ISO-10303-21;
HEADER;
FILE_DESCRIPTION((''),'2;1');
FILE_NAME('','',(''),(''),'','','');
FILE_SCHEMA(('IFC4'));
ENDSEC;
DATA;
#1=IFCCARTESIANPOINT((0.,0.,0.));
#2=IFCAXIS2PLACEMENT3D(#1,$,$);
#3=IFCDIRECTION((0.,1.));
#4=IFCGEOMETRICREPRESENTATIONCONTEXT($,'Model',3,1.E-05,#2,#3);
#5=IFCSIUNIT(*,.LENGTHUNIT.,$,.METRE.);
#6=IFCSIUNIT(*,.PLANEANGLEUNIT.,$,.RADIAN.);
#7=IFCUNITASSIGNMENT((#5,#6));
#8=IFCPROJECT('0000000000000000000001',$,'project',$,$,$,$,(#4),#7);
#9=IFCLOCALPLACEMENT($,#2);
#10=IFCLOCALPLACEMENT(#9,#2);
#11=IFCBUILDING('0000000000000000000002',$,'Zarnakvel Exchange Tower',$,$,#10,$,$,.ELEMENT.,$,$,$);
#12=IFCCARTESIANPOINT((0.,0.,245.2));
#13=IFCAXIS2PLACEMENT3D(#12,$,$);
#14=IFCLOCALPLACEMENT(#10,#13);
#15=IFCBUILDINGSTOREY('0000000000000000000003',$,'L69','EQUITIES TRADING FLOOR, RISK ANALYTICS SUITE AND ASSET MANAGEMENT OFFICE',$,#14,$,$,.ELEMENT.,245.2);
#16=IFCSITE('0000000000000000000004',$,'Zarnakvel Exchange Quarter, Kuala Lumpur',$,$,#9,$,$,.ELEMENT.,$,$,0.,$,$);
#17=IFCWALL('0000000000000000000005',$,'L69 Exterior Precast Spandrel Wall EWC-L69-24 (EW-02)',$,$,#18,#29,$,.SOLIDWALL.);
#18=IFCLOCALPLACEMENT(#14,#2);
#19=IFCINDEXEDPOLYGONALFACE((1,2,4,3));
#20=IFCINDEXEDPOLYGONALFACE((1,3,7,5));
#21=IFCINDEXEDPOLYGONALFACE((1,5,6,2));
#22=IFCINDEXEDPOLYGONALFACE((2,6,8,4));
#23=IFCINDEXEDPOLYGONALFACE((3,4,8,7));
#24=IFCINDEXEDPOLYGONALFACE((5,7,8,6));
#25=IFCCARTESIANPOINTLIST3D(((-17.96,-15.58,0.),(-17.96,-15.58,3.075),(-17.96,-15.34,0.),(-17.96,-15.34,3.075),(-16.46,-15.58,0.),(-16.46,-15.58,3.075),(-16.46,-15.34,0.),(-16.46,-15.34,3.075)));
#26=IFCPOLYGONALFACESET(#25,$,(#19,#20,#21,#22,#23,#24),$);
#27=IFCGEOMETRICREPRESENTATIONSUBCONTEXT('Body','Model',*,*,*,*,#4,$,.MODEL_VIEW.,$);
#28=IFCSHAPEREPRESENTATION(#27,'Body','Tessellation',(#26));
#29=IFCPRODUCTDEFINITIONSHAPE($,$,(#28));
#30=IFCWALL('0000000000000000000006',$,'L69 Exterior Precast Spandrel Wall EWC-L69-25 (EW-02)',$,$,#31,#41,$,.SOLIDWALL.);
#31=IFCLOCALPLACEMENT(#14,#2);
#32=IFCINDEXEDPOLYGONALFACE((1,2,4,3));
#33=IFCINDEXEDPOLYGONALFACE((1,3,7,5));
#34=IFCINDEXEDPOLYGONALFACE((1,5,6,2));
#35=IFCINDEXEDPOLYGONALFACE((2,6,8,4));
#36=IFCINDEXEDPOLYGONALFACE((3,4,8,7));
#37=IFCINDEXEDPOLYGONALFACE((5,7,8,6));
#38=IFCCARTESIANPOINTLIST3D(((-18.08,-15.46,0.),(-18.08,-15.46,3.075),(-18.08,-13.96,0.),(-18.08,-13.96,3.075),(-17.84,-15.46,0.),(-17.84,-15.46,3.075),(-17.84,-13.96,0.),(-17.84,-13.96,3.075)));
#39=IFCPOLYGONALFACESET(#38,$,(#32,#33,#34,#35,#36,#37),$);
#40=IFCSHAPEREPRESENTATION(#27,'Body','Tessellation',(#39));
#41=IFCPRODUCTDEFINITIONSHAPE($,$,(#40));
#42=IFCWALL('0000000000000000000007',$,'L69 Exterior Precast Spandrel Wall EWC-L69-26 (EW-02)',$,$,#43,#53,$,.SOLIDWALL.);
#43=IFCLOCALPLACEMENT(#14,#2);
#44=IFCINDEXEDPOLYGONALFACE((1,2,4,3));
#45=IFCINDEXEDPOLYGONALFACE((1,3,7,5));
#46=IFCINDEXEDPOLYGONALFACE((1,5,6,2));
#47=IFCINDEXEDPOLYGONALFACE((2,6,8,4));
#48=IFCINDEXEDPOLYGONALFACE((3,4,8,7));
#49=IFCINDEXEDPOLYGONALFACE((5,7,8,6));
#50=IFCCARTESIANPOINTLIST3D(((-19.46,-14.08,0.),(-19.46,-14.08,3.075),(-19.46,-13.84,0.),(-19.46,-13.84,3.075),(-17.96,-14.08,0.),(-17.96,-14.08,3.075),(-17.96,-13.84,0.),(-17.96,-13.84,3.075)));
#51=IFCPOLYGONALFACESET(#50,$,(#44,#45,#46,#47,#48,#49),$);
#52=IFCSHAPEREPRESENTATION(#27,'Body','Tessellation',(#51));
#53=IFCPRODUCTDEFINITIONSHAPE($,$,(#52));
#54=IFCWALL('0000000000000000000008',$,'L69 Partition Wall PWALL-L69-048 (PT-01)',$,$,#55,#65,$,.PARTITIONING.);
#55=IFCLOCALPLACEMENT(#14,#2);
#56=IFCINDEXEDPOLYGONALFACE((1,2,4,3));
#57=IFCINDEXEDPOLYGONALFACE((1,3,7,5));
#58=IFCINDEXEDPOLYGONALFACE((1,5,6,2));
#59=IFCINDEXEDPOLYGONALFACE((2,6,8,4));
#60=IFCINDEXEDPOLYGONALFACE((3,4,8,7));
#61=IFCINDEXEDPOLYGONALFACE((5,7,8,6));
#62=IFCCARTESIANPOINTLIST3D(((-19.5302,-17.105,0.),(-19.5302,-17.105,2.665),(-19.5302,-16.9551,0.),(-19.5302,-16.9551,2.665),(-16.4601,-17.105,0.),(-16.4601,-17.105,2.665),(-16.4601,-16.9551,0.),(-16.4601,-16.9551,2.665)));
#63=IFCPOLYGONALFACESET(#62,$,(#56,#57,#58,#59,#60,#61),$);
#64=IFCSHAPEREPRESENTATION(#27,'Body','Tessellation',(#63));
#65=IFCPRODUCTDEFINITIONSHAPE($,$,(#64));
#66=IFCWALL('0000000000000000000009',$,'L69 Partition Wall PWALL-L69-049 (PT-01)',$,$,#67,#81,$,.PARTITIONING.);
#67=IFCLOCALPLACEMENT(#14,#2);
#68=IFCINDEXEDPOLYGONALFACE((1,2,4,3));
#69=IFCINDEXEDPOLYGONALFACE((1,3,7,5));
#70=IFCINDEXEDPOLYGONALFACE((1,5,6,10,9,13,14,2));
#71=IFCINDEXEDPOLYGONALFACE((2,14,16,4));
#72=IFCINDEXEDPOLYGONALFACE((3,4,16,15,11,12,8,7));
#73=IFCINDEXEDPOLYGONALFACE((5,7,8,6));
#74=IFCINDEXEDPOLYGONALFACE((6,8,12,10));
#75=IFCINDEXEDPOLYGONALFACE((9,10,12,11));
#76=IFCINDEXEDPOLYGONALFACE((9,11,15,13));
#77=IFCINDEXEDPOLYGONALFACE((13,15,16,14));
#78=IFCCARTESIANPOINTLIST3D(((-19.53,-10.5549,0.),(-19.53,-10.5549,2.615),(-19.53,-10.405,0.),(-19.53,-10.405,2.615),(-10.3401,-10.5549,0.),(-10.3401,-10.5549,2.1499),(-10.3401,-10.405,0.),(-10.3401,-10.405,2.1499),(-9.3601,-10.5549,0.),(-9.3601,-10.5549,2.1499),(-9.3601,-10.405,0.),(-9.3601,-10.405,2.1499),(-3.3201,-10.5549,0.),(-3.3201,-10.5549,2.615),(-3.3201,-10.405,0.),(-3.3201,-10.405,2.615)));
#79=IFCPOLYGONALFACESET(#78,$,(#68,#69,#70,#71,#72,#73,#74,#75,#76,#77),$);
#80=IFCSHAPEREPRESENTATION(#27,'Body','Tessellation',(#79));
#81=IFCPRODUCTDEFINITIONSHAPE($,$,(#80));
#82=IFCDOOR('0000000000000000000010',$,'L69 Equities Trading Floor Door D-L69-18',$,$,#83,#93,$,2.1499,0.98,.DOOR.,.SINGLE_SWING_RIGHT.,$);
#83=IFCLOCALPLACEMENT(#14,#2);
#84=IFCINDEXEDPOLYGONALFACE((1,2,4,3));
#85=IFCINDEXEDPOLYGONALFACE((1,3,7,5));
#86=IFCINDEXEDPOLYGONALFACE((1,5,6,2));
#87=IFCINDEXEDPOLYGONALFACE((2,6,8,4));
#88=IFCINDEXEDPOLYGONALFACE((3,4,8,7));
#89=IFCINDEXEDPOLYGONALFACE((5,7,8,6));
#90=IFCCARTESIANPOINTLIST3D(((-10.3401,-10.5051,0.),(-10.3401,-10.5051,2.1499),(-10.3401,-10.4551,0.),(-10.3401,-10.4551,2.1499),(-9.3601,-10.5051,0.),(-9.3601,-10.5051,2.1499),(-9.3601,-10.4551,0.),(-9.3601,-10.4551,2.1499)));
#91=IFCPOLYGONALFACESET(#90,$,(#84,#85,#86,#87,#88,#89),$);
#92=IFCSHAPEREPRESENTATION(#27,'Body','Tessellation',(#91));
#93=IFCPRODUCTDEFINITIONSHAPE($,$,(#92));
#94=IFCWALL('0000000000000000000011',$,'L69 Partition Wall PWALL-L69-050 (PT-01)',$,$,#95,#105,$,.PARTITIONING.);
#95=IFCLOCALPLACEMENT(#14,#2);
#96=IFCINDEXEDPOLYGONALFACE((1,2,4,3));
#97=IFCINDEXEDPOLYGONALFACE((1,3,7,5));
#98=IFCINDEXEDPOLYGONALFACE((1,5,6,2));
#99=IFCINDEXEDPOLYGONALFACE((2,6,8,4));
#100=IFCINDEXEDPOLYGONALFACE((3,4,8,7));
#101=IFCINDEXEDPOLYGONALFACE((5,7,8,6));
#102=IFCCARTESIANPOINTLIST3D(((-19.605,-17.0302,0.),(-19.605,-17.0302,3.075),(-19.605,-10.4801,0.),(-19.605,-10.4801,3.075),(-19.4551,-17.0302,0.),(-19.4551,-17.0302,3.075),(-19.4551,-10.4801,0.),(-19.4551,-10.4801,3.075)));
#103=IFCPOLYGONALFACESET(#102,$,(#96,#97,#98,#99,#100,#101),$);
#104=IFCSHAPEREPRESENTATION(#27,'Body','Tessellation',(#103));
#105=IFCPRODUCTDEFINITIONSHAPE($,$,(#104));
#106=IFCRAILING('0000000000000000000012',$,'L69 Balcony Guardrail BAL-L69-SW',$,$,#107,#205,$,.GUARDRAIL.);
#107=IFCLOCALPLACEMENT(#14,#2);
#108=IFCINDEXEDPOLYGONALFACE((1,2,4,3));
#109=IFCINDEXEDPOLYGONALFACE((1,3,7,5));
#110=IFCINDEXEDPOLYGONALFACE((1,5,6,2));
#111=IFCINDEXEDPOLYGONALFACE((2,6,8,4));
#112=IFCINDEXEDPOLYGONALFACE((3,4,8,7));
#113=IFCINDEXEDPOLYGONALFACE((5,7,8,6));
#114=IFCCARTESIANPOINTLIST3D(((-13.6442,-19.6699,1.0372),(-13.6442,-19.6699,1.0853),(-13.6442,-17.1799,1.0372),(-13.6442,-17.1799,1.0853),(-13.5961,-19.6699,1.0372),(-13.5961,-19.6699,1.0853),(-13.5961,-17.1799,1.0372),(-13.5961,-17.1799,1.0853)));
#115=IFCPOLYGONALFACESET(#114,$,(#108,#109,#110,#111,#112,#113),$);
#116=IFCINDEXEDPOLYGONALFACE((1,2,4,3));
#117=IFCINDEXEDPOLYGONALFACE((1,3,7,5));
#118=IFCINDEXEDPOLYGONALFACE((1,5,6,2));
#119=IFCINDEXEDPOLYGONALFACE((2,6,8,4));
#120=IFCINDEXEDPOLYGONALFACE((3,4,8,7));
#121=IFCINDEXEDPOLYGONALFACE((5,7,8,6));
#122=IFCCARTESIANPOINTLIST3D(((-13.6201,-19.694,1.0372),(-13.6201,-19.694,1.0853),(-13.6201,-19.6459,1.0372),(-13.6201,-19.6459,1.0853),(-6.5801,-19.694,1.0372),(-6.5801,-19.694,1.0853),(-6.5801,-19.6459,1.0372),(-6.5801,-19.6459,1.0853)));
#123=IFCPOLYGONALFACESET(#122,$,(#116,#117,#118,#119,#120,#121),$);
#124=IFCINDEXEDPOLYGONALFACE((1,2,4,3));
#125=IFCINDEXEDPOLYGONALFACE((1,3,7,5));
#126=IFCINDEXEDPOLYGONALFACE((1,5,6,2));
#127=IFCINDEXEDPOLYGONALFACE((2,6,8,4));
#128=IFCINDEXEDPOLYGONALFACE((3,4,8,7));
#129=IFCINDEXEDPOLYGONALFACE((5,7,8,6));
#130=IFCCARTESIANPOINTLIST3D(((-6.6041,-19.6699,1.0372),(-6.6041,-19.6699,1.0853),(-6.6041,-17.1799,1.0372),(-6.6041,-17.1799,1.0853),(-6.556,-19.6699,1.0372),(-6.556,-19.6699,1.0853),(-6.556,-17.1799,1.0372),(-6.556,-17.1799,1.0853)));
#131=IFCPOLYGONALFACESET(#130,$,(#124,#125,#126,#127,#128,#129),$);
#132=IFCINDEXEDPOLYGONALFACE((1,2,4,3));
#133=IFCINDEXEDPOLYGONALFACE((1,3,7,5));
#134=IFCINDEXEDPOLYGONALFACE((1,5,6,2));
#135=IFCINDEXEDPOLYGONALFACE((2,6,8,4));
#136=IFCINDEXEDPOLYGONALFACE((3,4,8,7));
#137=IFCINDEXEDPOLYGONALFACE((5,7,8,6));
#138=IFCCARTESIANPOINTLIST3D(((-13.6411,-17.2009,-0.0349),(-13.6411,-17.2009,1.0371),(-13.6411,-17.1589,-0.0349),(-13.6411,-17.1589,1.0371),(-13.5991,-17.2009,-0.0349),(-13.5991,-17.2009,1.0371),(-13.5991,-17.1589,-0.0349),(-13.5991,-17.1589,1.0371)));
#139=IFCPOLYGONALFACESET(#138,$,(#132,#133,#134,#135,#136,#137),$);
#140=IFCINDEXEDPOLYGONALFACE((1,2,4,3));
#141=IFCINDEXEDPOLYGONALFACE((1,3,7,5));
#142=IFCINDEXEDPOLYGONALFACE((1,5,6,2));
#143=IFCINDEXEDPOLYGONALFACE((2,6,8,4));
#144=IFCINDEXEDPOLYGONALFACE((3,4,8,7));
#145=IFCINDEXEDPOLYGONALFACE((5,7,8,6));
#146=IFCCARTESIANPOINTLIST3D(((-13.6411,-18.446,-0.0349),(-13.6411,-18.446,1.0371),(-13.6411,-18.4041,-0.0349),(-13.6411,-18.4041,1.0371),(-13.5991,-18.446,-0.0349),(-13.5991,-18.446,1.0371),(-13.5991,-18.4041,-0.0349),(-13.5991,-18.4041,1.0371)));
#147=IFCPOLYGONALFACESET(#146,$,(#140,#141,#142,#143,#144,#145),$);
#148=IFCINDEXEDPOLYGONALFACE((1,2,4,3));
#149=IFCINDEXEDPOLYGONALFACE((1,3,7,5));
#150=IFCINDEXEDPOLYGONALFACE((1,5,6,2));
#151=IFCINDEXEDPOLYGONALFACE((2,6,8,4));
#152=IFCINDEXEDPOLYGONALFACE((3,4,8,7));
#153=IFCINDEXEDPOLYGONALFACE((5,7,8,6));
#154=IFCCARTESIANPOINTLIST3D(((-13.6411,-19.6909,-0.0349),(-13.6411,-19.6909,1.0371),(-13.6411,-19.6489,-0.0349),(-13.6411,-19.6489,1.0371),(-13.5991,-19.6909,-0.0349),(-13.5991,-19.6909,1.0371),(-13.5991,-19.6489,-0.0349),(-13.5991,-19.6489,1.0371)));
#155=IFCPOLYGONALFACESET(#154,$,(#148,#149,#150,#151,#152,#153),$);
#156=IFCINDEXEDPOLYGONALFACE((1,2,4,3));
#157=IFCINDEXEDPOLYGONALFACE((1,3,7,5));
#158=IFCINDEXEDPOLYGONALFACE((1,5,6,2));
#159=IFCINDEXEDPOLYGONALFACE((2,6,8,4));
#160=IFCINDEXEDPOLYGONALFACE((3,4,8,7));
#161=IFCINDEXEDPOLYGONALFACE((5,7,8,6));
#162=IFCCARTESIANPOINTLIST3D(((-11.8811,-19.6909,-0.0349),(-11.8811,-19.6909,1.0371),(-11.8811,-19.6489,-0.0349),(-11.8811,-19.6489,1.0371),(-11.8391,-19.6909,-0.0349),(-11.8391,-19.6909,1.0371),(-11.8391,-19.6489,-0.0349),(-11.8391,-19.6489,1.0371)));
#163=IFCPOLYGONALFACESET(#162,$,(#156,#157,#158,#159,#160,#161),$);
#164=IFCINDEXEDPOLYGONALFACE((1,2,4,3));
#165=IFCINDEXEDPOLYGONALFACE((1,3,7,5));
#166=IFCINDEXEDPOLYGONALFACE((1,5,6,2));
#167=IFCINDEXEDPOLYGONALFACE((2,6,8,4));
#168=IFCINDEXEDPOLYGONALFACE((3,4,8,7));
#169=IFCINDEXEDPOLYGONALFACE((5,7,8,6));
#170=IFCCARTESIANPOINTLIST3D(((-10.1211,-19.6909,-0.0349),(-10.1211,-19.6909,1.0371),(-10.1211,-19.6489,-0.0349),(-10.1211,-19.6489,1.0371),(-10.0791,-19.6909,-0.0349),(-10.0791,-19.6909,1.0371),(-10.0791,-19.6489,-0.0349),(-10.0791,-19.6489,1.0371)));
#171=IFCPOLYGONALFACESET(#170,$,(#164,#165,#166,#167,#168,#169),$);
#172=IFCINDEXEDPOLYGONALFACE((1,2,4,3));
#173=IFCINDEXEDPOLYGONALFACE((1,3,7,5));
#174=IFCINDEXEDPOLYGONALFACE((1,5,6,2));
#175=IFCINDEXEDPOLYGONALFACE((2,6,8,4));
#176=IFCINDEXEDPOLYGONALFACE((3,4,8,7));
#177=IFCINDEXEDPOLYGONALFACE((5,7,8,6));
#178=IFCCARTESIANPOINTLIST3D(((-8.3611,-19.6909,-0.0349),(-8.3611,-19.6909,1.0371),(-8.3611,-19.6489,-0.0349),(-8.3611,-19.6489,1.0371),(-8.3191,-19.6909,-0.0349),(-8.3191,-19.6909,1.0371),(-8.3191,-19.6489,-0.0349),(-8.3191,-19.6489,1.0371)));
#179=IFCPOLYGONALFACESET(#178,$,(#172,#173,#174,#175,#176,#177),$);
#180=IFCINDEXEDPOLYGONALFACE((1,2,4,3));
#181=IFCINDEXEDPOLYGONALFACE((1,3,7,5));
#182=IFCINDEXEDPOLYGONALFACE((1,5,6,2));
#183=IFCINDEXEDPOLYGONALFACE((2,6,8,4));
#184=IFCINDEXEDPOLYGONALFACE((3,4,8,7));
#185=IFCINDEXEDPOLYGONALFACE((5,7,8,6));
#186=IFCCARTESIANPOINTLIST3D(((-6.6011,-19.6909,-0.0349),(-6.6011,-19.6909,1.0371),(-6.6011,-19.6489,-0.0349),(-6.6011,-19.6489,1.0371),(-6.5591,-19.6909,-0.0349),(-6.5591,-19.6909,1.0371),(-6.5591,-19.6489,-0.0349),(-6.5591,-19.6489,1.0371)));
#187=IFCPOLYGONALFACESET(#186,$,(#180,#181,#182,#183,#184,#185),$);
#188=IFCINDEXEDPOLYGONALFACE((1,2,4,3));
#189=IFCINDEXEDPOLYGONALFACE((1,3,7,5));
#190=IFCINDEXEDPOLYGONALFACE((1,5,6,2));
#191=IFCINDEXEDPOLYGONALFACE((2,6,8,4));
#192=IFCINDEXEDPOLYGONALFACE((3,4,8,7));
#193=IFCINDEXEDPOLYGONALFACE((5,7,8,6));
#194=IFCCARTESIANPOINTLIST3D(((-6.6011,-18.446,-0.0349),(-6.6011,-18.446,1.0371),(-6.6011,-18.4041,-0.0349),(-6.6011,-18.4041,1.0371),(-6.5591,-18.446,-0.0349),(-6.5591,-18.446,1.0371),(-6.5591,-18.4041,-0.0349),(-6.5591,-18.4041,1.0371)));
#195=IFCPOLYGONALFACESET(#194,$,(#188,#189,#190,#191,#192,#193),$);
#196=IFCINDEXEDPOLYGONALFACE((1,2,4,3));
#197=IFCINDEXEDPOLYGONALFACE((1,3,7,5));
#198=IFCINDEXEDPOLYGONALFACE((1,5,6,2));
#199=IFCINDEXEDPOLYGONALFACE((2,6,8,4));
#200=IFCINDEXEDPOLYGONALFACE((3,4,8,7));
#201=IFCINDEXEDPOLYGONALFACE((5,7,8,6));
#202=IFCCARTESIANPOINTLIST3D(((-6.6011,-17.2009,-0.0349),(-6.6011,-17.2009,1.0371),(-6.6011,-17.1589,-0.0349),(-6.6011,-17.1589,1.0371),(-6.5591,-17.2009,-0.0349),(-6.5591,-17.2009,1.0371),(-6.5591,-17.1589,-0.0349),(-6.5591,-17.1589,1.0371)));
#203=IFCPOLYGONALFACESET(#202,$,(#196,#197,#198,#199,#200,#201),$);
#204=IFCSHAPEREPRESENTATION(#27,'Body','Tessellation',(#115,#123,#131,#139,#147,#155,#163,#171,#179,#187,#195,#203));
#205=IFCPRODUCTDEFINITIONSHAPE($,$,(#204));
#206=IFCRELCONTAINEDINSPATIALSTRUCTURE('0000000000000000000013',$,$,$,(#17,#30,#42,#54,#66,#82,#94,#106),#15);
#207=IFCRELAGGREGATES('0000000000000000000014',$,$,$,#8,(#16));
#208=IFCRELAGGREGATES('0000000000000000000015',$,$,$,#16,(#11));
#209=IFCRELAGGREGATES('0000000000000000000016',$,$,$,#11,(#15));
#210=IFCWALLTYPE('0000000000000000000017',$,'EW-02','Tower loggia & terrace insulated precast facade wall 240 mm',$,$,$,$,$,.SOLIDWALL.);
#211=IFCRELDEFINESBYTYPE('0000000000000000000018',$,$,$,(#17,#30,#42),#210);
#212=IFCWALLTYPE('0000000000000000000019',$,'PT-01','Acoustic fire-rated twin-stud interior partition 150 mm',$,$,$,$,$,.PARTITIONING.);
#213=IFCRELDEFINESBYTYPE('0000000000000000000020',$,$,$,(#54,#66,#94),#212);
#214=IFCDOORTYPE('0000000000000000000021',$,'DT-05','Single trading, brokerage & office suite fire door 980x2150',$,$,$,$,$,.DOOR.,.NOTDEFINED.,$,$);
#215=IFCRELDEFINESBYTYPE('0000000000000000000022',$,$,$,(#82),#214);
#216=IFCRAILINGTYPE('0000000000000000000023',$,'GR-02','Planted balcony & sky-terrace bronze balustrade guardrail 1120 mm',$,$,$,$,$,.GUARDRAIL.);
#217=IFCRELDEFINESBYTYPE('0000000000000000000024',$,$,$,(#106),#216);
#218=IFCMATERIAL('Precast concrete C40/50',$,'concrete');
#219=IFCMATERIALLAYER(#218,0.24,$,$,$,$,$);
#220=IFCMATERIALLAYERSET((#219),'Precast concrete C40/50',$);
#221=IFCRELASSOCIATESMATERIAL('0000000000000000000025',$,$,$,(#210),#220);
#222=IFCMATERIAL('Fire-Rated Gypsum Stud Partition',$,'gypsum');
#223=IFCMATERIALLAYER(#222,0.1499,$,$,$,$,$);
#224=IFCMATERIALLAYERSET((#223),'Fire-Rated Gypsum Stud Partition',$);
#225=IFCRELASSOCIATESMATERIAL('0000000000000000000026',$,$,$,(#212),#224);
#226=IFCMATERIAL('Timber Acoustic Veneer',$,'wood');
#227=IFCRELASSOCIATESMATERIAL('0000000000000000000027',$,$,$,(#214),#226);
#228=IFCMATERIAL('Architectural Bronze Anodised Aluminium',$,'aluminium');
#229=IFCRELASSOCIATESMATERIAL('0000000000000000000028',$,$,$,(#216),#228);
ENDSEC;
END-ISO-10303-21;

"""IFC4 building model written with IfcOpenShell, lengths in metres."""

from ifc_helpers import new_model, si_unit, direction, frame, frame_2d, origin, origin_2d, place, context, subcontext, project, spatial, rectangle, extrude, source, transform, mapped, material, layer, layer_set, type_object, element, fill, save


model = new_model("IFC4")

# Units and contexts
model_context = context("Model", 3, precision=1e-05, world=origin(), true_north=direction((0.0, 1.0)))
body_context = subcontext(model_context, "Body", "Model", "MODEL_VIEW")
ifc_project = project(units=[si_unit("LENGTHUNIT", "METRE"), si_unit("PLANEANGLEUNIT", "RADIAN")], contexts=[model_context])

# Site, building, storey
site_placement = place(None, origin())
site = spatial("IfcSite", under=ifc_project, at=site_placement, Name="Zarnakvel Exchange Quarter, Kuala Lumpur", CompositionType="ELEMENT", RefElevation=0.0)
building_placement = place(site_placement, origin())
building = spatial("IfcBuilding", under=site, at=building_placement, Name="Zarnakvel Exchange Tower", CompositionType="ELEMENT")
storey_placement = place(building_placement, frame((0.0, 0.0, 245.2)))
storey = spatial("IfcBuildingStorey", under=building, at=storey_placement, Name="L69", Description="EQUITIES TRADING FLOOR, RISK ANALYTICS SUITE AND ASSET MANAGEMENT OFFICE", CompositionType="ELEMENT", Elevation=245.2)

# Shared definitions
ifc_material_1 = material(Name="Architectural Bronze Anodised Aluminium", Category="aluminium")

# Walls
ifc_material_2 = material(Name="Precast concrete C40/50", Category="concrete")
ifc_layer_1 = layer(ifc_material_2, 0.24)
ifc_layer_set_1 = layer_set([ifc_layer_1], Name="Precast concrete C40/50")
wall_type_1 = type_object("IfcWallType", Name="EW-02", Description="Tower loggia & terrace insulated precast facade wall 240 mm", PredefinedType="SOLIDWALL", material=ifc_layer_set_1)
for number, where, z_axis, x_axis, name in (
    (1, (-17.96, -15.46, 0.0), (0.0, 0.0, 1.0), (1.0, 0.0, 0.0), "L69 Exterior Precast Spandrel Wall EWC-L69-24 (EW-02)"),
    (2, (-17.96, -13.96, 0.0), (0.0, 0.0, 1.0), (0.0, -1.0, 0.0), "L69 Exterior Precast Spandrel Wall EWC-L69-25 (EW-02)"),
    (3, (-19.46, -13.96, 0.0), (0.0, 0.0, 1.0), (1.0, 0.0, 0.0), "L69 Exterior Precast Spandrel Wall EWC-L69-26 (EW-02)"),
):
    element("IfcWall", number, at=place(storey_placement, frame(where, z_axis=z_axis, x_axis=x_axis)), inside=storey, type_object=wall_type_1, Name=name, PredefinedType="SOLIDWALL", context=body_context, shape_type="SweptSolid", body=[
        extrude(rectangle(XDim=1.5, YDim=0.24, at=frame_2d((0.75, 0.0))), origin(), (0.0, 0.0, 1.0), 3.075),
    ])
ifc_material_3 = material(Name="Fire-Rated Gypsum Stud Partition", Category="gypsum")
ifc_layer_2 = layer(ifc_material_3, 0.1499)
ifc_layer_set_2 = layer_set([ifc_layer_2], Name="Fire-Rated Gypsum Stud Partition")
wall_type_2 = type_object("IfcWallType", Name="PT-01", Description="Acoustic fire-rated twin-stud interior partition 150 mm", PredefinedType="PARTITIONING", material=ifc_layer_set_2)
wall_1_placement = place(storey_placement, frame((-16.46, -17.03, 0.0), z_axis=(0.0, 0.0, 1.0), x_axis=(-1.0, 0.0, 0.0)))
element("IfcWall", 4, at=wall_1_placement, inside=storey, type_object=wall_type_2, Name="L69 Partition Wall PWALL-L69-048 (PT-01)", PredefinedType="PARTITIONING", context=body_context, shape_type="SweptSolid", body=[
    extrude(rectangle(XDim=3.0701, YDim=0.1499, at=frame_2d((1.5352, 0.0))), origin(), (0.0, 0.0, 1.0), 2.665),
])

# Wall, opening, door
wall_2_placement = place(storey_placement, frame((-19.53, -10.48, 0.0), z_axis=(0.0, 0.0, 1.0), x_axis=(1.0, 0.0, 0.0)))
wall_2 = element("IfcWall", 5, at=wall_2_placement, inside=storey, type_object=wall_type_2, Name="L69 Partition Wall PWALL-L69-049 (PT-01)", PredefinedType="PARTITIONING", context=body_context, shape_type="SweptSolid", body=[
    extrude(rectangle(XDim=16.21, YDim=0.1499, at=frame_2d((8.105, 0.0))), origin(), (0.0, 0.0, 1.0), 2.615),
])
opening_placement = place(wall_2_placement, frame((9.1899, 0.0, 0.0)))
opening = element("IfcOpeningElement", 6, at=opening_placement, cuts=wall_2, PredefinedType="OPENING", context=body_context, shape_type="SweptSolid", body=[
    extrude(rectangle(XDim=0.98, YDim=2.1499, at=frame_2d((0.49, 1.075))), frame((0.0, 0.085, 0.0), z_axis=(0.0, -1.0, 0.0), x_axis=(1.0, 0.0, 0.0)), (0.0, 0.0, 1.0), 0.1699),
])
ifc_material_4 = material(Name="Timber Acoustic Veneer", Category="wood")
door_type = type_object("IfcDoorType", Name="DT-05", Description="Single trading, brokerage & office suite fire door 980x2150", OperationType="NOTDEFINED", PredefinedType="DOOR", material=ifc_material_4)
shared_shape_1 = source(origin(), body_context, "Body", "SweptSolid", [
    extrude(rectangle(XDim=0.98, YDim=2.1499, at=frame_2d((0.49, 1.075))), frame((0.0, 0.0249, 0.0), z_axis=(0.0, -1.0, 0.0), x_axis=(1.0, 0.0, 0.0)), (0.0, 0.0, 1.0), 0.05),
])
door_placement = place(opening_placement, origin())
door = element("IfcDoor", 7, at=door_placement, inside=storey, type_object=door_type, Name="L69 Equities Trading Floor Door D-L69-18", OperationType="SINGLE_SWING_RIGHT", OverallHeight=2.1499, OverallWidth=0.98, PredefinedType="DOOR", context=body_context, shape_type="MappedRepresentation", body=[
    mapped(shared_shape_1, transform((0.0, 0.0, 0.0), x_axis=(1.0, 0.0, 0.0), y_axis=(0.0, 1.0, 0.0), z_axis=(0.0, 0.0, 1.0), scale=1.0)),
])
fill(opening, door)

# Wall
wall_3_placement = place(storey_placement, frame((-19.53, -17.03, 0.0), z_axis=(0.0, 0.0, 1.0), x_axis=(0.0, 1.0, 0.0)))
element("IfcWall", 8, at=wall_3_placement, inside=storey, type_object=wall_type_2, Name="L69 Partition Wall PWALL-L69-050 (PT-01)", PredefinedType="PARTITIONING", context=body_context, shape_type="SweptSolid", body=[
    extrude(rectangle(XDim=6.55, YDim=0.1499, at=frame_2d((3.2749, 0.0))), origin(), (0.0, 0.0, 1.0), 3.075),
])

# Railing
railing_type = type_object("IfcRailingType", Name="GR-02", Description="Planted balcony & sky-terrace bronze balustrade guardrail 1120 mm", PredefinedType="GUARDRAIL", material=ifc_material_1)
railing_placement = place(storey_placement, frame((-13.6201, -17.1799, -0.0349)))
element("IfcRailing", 9, at=railing_placement, inside=storey, type_object=railing_type, Name="L69 Balcony Guardrail BAL-L69-SW", PredefinedType="GUARDRAIL", context=body_context, shape_type="SweptSolid", body=[
    extrude(rectangle(XDim=0.0481, YDim=0.0481, at=origin_2d()), frame((0.0, 0.0, 1.0962), z_axis=(0.0, -1.0, 0.0), x_axis=(1.0, 0.0, 0.0)), (0.0, 0.0, 1.0), 2.49),
    extrude(rectangle(XDim=0.0481, YDim=0.0481, at=origin_2d()), frame((0.0, -2.49, 1.0962), z_axis=(1.0, 0.0, 0.0), x_axis=(0.0, 1.0, 0.0)), (0.0, 0.0, 1.0), 7.04),
    extrude(rectangle(XDim=0.0481, YDim=0.0481, at=origin_2d()), frame((7.04, -2.49, 1.0962), z_axis=(0.0, 1.0, 0.0), x_axis=(-1.0, 0.0, 0.0)), (0.0, 0.0, 1.0), 2.49),
    extrude(rectangle(XDim=0.042, YDim=0.042, at=origin_2d()), origin(), (0.0, 0.0, 1.0), 1.072),
    extrude(rectangle(XDim=0.042, YDim=0.042, at=origin_2d()), frame((0.0, -1.2451, 0.0)), (0.0, 0.0, 1.0), 1.072),
    extrude(rectangle(XDim=0.042, YDim=0.042, at=origin_2d()), frame((0.0, -2.49, 0.0)), (0.0, 0.0, 1.0), 1.072),
    extrude(rectangle(XDim=0.042, YDim=0.042, at=origin_2d()), frame((1.76, -2.49, 0.0)), (0.0, 0.0, 1.0), 1.072),
    extrude(rectangle(XDim=0.042, YDim=0.042, at=origin_2d()), frame((3.52, -2.49, 0.0)), (0.0, 0.0, 1.0), 1.072),
    extrude(rectangle(XDim=0.042, YDim=0.042, at=origin_2d()), frame((5.28, -2.49, 0.0)), (0.0, 0.0, 1.0), 1.072),
    extrude(rectangle(XDim=0.042, YDim=0.042, at=origin_2d()), frame((7.04, -2.49, 0.0)), (0.0, 0.0, 1.0), 1.072),
    extrude(rectangle(XDim=0.042, YDim=0.042, at=origin_2d()), frame((7.04, -1.2451, 0.0)), (0.0, 0.0, 1.0), 1.072),
    extrude(rectangle(XDim=0.042, YDim=0.042, at=origin_2d()), frame((7.04, 0.0, 0.0)), (0.0, 0.0, 1.0), 1.072),
])

save(model, "model.ifc")
